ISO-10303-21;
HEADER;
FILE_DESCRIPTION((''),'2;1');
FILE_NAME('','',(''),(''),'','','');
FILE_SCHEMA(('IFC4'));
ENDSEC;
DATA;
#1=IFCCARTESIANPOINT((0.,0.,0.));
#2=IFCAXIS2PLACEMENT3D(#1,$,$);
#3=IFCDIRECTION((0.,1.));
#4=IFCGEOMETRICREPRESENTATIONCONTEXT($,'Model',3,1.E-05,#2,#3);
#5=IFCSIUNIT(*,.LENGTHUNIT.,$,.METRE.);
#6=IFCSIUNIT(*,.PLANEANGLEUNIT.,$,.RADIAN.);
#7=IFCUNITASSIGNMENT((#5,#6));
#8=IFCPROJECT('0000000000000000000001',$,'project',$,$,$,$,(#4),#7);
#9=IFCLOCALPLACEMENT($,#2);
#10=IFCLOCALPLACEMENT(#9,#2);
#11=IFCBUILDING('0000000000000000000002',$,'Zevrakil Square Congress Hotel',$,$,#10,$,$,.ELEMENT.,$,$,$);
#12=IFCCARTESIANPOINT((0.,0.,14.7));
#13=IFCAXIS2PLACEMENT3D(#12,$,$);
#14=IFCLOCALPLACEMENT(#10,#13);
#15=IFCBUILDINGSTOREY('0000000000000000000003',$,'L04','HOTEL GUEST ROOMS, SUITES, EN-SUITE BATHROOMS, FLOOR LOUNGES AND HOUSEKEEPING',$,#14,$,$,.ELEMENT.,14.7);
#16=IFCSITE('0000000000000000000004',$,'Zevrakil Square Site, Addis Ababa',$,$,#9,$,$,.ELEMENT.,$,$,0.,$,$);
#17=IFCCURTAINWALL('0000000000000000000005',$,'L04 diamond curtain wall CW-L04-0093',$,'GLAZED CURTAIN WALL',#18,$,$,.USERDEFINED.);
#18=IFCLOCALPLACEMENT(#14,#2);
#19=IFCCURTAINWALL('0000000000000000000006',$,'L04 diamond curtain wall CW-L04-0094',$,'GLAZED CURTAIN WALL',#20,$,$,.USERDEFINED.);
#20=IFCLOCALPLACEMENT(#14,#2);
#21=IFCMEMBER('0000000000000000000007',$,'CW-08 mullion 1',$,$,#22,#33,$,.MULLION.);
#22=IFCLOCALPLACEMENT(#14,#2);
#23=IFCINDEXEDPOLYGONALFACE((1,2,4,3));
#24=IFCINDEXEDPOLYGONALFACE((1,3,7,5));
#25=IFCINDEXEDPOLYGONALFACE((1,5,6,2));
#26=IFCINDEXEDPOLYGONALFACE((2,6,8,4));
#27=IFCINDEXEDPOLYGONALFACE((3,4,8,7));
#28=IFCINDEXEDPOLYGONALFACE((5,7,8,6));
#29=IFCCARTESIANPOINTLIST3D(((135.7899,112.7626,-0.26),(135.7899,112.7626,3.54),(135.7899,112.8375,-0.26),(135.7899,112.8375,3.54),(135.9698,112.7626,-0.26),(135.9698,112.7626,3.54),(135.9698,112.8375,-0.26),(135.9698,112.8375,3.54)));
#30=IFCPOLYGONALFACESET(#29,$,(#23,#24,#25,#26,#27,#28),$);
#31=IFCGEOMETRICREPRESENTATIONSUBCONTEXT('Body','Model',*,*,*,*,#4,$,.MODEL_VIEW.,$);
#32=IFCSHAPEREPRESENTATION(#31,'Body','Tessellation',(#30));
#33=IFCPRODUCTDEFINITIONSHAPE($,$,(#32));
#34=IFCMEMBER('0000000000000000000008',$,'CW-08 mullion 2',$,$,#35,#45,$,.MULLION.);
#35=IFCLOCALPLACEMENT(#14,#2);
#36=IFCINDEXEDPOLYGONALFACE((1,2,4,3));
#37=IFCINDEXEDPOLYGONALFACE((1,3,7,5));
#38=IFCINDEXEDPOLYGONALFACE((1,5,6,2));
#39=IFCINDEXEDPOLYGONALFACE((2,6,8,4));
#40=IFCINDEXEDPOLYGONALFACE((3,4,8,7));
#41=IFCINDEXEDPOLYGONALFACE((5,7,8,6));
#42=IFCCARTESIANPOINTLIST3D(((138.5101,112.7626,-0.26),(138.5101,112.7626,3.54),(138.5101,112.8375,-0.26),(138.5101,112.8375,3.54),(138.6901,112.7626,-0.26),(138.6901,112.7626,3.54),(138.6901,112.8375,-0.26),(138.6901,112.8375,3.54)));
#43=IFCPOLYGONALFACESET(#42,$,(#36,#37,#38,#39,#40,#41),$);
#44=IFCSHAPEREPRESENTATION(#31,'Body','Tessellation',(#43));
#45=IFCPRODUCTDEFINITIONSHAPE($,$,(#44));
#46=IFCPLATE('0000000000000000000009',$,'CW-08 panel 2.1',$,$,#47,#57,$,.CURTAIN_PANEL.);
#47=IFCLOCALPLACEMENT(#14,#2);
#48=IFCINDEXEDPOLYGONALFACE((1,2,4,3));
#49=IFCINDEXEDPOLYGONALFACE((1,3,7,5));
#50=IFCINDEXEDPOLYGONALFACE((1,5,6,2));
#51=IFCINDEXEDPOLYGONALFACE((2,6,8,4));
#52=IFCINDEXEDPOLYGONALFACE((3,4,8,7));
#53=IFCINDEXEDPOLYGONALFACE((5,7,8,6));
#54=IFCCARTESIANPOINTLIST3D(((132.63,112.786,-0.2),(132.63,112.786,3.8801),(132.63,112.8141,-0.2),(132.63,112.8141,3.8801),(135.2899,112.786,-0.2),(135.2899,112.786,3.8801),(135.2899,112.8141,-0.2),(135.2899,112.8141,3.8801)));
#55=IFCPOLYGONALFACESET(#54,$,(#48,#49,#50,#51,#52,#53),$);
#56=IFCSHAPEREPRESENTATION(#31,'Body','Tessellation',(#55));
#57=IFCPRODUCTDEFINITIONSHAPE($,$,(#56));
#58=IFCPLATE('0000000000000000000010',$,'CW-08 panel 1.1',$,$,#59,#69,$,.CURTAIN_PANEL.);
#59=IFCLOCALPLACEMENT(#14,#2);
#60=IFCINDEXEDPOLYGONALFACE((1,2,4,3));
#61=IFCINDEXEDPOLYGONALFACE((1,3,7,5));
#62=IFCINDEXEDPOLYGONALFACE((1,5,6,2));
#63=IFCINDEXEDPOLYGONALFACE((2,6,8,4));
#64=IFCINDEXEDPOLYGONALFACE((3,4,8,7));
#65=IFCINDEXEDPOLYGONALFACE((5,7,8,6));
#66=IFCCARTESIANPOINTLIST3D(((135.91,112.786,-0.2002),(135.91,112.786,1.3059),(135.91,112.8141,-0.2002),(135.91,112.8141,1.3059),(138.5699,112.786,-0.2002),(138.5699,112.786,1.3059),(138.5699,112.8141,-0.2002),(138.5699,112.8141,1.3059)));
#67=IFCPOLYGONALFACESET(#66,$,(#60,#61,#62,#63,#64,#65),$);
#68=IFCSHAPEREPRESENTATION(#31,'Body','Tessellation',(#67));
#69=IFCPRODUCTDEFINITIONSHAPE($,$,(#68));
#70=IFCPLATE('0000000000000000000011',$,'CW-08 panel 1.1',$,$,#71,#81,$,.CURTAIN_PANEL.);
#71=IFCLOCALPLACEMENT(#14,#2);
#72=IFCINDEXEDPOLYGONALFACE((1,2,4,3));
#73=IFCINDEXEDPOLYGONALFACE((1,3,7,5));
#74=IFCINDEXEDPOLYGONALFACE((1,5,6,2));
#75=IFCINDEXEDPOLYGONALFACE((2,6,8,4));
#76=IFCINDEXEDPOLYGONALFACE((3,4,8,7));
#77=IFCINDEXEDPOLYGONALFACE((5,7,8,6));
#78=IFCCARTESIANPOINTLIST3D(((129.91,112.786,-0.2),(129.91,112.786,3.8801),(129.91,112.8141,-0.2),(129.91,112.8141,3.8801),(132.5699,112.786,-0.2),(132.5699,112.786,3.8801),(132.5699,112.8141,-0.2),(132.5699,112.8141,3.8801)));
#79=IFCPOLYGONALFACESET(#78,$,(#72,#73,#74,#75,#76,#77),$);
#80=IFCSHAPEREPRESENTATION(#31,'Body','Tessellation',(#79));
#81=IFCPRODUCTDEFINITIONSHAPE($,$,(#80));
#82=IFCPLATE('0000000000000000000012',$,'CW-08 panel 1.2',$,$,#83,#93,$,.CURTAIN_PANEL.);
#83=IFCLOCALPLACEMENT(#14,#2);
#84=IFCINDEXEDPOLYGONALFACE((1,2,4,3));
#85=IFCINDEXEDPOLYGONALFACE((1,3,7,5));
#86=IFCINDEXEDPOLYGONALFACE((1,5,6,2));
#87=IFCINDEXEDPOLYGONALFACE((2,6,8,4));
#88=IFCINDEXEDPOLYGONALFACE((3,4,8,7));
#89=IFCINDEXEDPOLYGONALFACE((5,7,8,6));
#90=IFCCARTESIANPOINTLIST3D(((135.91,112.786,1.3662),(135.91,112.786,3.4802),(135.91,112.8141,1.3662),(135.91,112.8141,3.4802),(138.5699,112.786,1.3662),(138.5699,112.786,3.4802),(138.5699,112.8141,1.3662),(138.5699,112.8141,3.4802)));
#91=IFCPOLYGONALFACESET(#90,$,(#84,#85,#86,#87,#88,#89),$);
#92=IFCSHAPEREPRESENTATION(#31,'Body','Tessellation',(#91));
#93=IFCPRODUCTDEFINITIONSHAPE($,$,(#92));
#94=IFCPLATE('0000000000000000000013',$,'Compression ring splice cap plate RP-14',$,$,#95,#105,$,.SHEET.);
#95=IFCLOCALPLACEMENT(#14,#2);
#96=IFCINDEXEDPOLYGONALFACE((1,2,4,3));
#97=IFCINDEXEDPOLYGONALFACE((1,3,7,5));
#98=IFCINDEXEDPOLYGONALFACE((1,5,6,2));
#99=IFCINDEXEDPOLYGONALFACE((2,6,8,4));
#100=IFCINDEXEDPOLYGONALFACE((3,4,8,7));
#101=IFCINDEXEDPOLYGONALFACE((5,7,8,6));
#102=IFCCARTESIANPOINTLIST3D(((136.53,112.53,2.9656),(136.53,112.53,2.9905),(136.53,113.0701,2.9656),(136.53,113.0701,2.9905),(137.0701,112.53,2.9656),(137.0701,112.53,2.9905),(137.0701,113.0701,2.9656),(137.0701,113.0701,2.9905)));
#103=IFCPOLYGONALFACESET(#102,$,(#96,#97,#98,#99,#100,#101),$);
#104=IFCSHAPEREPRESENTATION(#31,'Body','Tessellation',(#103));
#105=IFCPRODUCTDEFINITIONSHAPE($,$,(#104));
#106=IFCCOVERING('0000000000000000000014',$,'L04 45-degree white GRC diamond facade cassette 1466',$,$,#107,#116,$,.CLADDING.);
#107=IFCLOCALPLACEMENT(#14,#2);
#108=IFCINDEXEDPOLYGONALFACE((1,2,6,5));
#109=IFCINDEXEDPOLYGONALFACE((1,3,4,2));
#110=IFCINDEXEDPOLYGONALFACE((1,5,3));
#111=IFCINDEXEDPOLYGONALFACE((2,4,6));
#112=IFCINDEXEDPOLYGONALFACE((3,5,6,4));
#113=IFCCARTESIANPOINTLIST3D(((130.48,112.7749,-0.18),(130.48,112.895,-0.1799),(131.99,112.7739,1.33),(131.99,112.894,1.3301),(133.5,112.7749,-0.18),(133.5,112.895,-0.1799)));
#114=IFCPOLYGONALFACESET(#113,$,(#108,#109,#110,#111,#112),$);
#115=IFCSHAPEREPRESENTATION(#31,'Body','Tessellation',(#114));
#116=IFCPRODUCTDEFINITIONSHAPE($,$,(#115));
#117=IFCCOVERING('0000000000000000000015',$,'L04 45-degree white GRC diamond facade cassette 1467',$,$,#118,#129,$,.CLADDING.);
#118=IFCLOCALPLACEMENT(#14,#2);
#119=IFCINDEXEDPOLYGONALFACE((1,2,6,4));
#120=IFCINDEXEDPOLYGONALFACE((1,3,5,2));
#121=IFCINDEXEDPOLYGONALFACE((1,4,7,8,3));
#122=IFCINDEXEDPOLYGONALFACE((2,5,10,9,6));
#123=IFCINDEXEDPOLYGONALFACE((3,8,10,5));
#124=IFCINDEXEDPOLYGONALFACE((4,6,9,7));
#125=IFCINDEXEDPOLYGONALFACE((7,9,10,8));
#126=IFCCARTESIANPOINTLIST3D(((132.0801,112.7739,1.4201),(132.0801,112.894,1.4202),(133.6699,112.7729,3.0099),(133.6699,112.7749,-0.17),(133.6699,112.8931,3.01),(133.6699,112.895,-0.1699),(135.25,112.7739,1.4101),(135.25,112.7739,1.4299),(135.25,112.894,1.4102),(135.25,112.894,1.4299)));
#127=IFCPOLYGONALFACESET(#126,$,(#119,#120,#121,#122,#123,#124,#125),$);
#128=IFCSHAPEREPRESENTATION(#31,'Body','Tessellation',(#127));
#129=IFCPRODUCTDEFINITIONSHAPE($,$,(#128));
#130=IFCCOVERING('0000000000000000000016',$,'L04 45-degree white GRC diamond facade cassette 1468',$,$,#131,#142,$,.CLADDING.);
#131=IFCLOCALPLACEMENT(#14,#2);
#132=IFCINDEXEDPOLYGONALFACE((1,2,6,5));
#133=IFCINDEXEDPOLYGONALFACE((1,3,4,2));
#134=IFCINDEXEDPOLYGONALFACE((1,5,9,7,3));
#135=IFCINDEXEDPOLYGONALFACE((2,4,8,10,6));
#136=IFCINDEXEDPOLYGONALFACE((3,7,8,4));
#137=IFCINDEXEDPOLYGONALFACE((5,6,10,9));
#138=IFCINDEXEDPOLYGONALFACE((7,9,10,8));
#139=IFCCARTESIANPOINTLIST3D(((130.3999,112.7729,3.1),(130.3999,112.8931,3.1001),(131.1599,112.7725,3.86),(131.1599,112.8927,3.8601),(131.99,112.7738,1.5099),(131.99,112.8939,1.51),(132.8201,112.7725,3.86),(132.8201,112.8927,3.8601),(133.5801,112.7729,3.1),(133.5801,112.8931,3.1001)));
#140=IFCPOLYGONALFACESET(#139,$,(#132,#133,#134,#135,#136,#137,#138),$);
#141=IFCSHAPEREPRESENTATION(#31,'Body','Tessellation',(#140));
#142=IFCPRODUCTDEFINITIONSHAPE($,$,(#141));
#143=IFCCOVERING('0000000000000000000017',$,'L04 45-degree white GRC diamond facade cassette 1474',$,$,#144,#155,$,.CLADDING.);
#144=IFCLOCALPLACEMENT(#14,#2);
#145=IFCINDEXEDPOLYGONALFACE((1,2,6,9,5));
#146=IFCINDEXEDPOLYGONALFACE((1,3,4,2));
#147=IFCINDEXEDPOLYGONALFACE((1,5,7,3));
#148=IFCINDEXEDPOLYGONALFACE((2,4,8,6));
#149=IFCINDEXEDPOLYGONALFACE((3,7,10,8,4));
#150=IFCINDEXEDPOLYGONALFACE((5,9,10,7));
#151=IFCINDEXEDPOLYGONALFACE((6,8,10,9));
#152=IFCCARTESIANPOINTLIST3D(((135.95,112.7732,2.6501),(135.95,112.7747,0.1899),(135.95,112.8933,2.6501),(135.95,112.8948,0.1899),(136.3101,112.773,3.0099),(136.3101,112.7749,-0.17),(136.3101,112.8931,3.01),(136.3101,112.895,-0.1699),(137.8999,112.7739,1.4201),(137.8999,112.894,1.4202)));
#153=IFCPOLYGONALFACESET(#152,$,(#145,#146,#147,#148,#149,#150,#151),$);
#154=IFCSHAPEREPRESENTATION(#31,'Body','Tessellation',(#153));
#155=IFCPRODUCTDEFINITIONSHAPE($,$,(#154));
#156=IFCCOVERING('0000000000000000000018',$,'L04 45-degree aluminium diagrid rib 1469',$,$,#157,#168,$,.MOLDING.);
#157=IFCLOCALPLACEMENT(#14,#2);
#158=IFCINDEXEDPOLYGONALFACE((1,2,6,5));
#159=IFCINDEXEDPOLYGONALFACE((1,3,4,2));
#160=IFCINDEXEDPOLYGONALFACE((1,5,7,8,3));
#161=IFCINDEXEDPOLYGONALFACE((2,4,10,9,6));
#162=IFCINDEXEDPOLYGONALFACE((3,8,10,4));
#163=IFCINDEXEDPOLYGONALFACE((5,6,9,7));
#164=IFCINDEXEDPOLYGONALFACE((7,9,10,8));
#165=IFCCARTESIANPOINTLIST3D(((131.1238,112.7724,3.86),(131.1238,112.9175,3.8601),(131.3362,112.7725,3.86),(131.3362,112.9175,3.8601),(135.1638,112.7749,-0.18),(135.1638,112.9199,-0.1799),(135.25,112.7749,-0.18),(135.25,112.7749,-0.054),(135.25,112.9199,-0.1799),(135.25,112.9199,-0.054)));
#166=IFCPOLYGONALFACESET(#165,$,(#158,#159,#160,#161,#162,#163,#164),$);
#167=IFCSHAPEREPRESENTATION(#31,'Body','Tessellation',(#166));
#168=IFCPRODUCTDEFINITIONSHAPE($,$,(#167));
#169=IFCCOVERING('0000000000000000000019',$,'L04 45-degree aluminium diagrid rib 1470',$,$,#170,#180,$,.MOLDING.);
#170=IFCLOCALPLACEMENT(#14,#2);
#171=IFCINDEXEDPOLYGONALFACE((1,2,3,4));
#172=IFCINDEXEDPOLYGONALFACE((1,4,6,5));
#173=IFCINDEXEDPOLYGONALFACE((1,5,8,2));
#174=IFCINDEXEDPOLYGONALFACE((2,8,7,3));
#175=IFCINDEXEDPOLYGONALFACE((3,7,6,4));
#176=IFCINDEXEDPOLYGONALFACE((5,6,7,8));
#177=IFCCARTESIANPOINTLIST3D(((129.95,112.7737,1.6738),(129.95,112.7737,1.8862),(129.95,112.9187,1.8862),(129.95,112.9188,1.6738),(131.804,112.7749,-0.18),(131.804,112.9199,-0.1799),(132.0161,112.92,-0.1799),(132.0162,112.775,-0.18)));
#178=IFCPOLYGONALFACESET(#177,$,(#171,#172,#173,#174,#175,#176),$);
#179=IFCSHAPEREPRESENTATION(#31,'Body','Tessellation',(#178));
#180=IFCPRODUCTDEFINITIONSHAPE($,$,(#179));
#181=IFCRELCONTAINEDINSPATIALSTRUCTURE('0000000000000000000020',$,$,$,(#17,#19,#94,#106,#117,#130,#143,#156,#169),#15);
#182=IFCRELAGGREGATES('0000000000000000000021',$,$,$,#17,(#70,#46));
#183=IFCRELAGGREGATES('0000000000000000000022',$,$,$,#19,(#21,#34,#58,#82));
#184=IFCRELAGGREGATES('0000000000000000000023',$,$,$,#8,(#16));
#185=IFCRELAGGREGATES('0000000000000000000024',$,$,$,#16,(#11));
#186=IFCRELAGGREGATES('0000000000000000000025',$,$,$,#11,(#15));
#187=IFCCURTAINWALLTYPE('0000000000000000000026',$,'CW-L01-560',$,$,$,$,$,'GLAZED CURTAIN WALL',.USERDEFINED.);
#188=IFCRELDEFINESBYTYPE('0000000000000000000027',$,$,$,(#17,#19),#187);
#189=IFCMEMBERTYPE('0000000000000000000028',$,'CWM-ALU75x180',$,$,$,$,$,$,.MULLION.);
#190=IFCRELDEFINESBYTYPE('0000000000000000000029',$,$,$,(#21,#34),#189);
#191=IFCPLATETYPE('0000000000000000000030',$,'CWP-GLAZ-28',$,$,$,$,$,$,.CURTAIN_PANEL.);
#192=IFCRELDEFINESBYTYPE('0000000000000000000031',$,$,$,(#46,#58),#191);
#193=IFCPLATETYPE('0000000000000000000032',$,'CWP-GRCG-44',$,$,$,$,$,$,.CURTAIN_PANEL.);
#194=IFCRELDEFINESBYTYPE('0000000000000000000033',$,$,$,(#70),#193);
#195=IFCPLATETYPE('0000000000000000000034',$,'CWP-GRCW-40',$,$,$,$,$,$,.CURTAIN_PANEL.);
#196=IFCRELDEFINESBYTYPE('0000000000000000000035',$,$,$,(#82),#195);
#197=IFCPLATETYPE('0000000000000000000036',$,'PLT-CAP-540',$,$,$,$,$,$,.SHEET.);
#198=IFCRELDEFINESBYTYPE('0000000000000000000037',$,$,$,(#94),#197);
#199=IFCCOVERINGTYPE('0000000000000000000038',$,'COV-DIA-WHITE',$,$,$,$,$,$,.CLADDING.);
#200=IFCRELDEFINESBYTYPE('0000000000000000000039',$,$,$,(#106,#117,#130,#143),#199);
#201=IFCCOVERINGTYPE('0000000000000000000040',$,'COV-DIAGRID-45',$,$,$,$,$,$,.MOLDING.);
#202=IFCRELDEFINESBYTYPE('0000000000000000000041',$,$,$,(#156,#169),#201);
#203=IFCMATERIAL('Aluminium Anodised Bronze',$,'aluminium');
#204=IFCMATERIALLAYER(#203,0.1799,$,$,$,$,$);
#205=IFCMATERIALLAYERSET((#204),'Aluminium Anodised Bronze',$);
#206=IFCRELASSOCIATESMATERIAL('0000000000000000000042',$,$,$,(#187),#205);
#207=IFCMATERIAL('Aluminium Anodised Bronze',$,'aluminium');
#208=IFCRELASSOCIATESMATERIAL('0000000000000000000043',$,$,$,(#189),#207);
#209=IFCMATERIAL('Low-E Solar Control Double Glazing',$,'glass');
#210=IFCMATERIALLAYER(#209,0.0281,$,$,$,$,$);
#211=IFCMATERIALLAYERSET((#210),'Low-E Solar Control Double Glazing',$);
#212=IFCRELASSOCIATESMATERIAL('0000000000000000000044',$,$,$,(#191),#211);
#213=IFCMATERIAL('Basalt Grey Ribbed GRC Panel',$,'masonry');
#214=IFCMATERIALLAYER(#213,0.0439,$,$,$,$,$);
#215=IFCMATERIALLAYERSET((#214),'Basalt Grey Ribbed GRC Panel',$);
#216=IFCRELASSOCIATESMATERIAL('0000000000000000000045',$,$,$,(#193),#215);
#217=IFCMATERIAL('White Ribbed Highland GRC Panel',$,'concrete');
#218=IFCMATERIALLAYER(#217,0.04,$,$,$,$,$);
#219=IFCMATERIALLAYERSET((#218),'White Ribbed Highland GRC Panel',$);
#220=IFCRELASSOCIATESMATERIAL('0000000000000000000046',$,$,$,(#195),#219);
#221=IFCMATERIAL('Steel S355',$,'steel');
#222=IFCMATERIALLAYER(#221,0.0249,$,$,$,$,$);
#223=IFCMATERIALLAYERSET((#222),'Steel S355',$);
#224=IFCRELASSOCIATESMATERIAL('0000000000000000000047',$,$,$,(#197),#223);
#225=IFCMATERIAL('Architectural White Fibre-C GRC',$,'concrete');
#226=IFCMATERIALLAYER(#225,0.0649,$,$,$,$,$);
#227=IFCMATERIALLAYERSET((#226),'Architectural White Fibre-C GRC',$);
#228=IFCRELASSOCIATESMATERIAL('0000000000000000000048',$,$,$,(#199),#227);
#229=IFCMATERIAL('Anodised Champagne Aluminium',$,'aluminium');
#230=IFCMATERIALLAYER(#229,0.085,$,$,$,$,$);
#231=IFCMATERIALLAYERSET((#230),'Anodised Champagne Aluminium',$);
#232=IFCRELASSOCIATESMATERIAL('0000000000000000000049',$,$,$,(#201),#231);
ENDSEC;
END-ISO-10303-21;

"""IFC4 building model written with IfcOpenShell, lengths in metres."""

from ifc_helpers import new_model, si_unit, direction, frame, origin, origin_2d, place, context, subcontext, project, spatial, polyline, rectangle, outline, extrude, material, layer, layer_set, material_profile, profile_set, type_object, element, aggregate, save


model = new_model("IFC4")

# Units and contexts
model_context = context("Model", 3, precision=1e-05, world=origin(), true_north=direction((0.0, 1.0)))
body_context = subcontext(model_context, "Body", "Model", "MODEL_VIEW")
ifc_project = project(units=[si_unit("LENGTHUNIT", "METRE"), si_unit("PLANEANGLEUNIT", "RADIAN")], contexts=[model_context])

# Site, building, storey
site_placement = place(None, origin())
site = spatial("IfcSite", under=ifc_project, at=site_placement, Name="Zevrakil Square Site, Addis Ababa", CompositionType="ELEMENT", RefElevation=0.0)
building_placement = place(site_placement, origin())
building = spatial("IfcBuilding", under=site, at=building_placement, Name="Zevrakil Square Congress Hotel", CompositionType="ELEMENT")
storey_placement = place(building_placement, frame((0.0, 0.0, 14.7)))
storey = spatial("IfcBuildingStorey", under=building, at=storey_placement, Name="L04", Description="HOTEL GUEST ROOMS, SUITES, EN-SUITE BATHROOMS, FLOOR LOUNGES AND HOUSEKEEPING", CompositionType="ELEMENT", Elevation=14.7)

# Curtain walls
ifc_material_1 = material(Name="Aluminium Anodised Bronze", Category="aluminium")
ifc_layer_1 = layer(ifc_material_1, 0.1799)
ifc_layer_set_1 = layer_set([ifc_layer_1], Name="Aluminium Anodised Bronze")
curtain_wall_type = type_object("IfcCurtainWallType", Name="CW-L01-560", ElementType="GLAZED CURTAIN WALL", PredefinedType="USERDEFINED", material=ifc_layer_set_1)
curtain_wall_1_placement = place(storey_placement, origin())
curtain_wall_1 = element("IfcCurtainWall", 1, at=curtain_wall_1_placement, inside=storey, type_object=curtain_wall_type, Name="L04 diamond curtain wall CW-L04-0093", ObjectType="GLAZED CURTAIN WALL", PredefinedType="USERDEFINED")
curtain_wall_2_placement = place(storey_placement, origin())
curtain_wall_2 = element("IfcCurtainWall", 2, at=curtain_wall_2_placement, inside=storey, type_object=curtain_wall_type, Name="L04 diamond curtain wall CW-L04-0094", ObjectType="GLAZED CURTAIN WALL", PredefinedType="USERDEFINED")

# Members
ifc_material_2 = material(Name="Aluminium Anodised Bronze", Category="aluminium")
ifc_material_profile_1 = material_profile(ifc_material_2, rectangle(XDim=0.075, YDim=0.1799, at=origin_2d()), Name="ALU 75x180")
ifc_profile_set_1 = profile_set([ifc_material_profile_1], Name="Aluminium Anodised Bronze")
member_type_1 = type_object("IfcMemberType", Name="CWM-ALU75x180", PredefinedType="MULLION", material=ifc_profile_set_1)
member_1_placement = place(storey_placement, frame((135.8799, 112.8, -0.26), z_axis=(0.0, 0.0, 1.0), x_axis=(0.0, 1.0, 0.0)))
member_1 = element("IfcMember", 3, at=member_1_placement, type_object=member_type_1, Name="CW-08 mullion 1", PredefinedType="MULLION", context=body_context, shape_type="SweptSolid", body=[
    extrude(rectangle(XDim=0.075, YDim=0.1799, at=origin_2d()), origin(), (0.0, 0.0, 1.0), 3.8),
])
member_2_placement = place(storey_placement, frame((138.6001, 112.8, -0.26), z_axis=(0.0, 0.0, 1.0), x_axis=(0.0, 1.0, 0.0)))
member_2 = element("IfcMember", 4, at=member_2_placement, type_object=member_type_1, Name="CW-08 mullion 2", PredefinedType="MULLION", context=body_context, shape_type="SweptSolid", body=[
    extrude(rectangle(XDim=0.075, YDim=0.1799, at=origin_2d()), origin(), (0.0, 0.0, 1.0), 3.8),
])

# Plates
ifc_material_3 = material(Name="Low-E Solar Control Double Glazing", Category="glass")
ifc_layer_2 = layer(ifc_material_3, 0.0281)
ifc_layer_set_2 = layer_set([ifc_layer_2], Name="Low-E Solar Control Double Glazing")
plate_type_1 = type_object("IfcPlateType", Name="CWP-GLAZ-28", PredefinedType="CURTAIN_PANEL", material=ifc_layer_set_2)
plate_1_placement = place(storey_placement, frame((133.96, 112.8, -0.2), z_axis=(0.0, 0.0, 1.0), x_axis=(1.0, 0.0, 0.0)))
plate_1 = element("IfcPlate", 5, at=plate_1_placement, type_object=plate_type_1, Name="CW-08 panel 2.1", PredefinedType="CURTAIN_PANEL", context=body_context, shape_type="SweptSolid", body=[
    extrude(rectangle(XDim=2.6599, YDim=0.0281, at=origin_2d()), origin(), (0.0, 0.0, 1.0), 4.0801),
])
plate_2_placement = place(storey_placement, frame((137.24, 112.8, -0.2002), z_axis=(0.0, 0.0, 1.0), x_axis=(1.0, 0.0, 0.0)))
plate_2 = element("IfcPlate", 6, at=plate_2_placement, type_object=plate_type_1, Name="CW-08 panel 1.1", PredefinedType="CURTAIN_PANEL", context=body_context, shape_type="SweptSolid", body=[
    extrude(rectangle(XDim=2.6599, YDim=0.0281, at=origin_2d()), origin(), (0.0, 0.0, 1.0), 1.5061),
])
ifc_material_4 = material(Name="Basalt Grey Ribbed GRC Panel", Category="masonry")
ifc_layer_3 = layer(ifc_material_4, 0.0439)
ifc_layer_set_3 = layer_set([ifc_layer_3], Name="Basalt Grey Ribbed GRC Panel")
plate_type_2 = type_object("IfcPlateType", Name="CWP-GRCG-44", PredefinedType="CURTAIN_PANEL", material=ifc_layer_set_3)
plate_3_placement = place(storey_placement, frame((131.24, 112.8, -0.2), z_axis=(0.0, 0.0, 1.0), x_axis=(1.0, 0.0, 0.0)))
plate_3 = element("IfcPlate", 7, at=plate_3_placement, type_object=plate_type_2, Name="CW-08 panel 1.1", PredefinedType="CURTAIN_PANEL", context=body_context, shape_type="SweptSolid", body=[
    extrude(rectangle(XDim=2.6599, YDim=0.0281, at=origin_2d()), origin(), (0.0, 0.0, 1.0), 4.0801),
])
aggregate(curtain_wall_1, [plate_3, plate_1])
ifc_material_5 = material(Name="White Ribbed Highland GRC Panel", Category="concrete")
ifc_layer_4 = layer(ifc_material_5, 0.04)
ifc_layer_set_4 = layer_set([ifc_layer_4], Name="White Ribbed Highland GRC Panel")
plate_type_3 = type_object("IfcPlateType", Name="CWP-GRCW-40", PredefinedType="CURTAIN_PANEL", material=ifc_layer_set_4)
plate_4_placement = place(storey_placement, frame((137.24, 112.8, 1.3662), z_axis=(0.0, 0.0, 1.0), x_axis=(1.0, 0.0, 0.0)))
plate_4 = element("IfcPlate", 8, at=plate_4_placement, type_object=plate_type_3, Name="CW-08 panel 1.2", PredefinedType="CURTAIN_PANEL", context=body_context, shape_type="SweptSolid", body=[
    extrude(rectangle(XDim=2.6599, YDim=0.0281, at=origin_2d()), origin(), (0.0, 0.0, 1.0), 2.114),
])
aggregate(curtain_wall_2, [member_1, member_2, plate_2, plate_4])
ifc_material_6 = material(Name="Steel S355", Category="steel")
ifc_layer_5 = layer(ifc_material_6, 0.0249)
ifc_layer_set_5 = layer_set([ifc_layer_5], Name="Steel S355")
plate_type_4 = type_object("IfcPlateType", Name="PLT-CAP-540", PredefinedType="SHEET", material=ifc_layer_set_5)
plate_5_placement = place(storey_placement, frame((136.8, 112.8, 2.9656), z_axis=(0.0, 0.0, 1.0), x_axis=(1.0, 0.0, 0.0)))
element("IfcPlate", 9, at=plate_5_placement, inside=storey, type_object=plate_type_4, Name="Compression ring splice cap plate RP-14", PredefinedType="SHEET", context=body_context, shape_type="SweptSolid", body=[
    extrude(rectangle(XDim=0.54, YDim=0.54, at=origin_2d()), origin(), (0.0, 0.0, 1.0), 0.0249),
])

# Coverings
ifc_material_7 = material(Name="Architectural White Fibre-C GRC", Category="concrete")
ifc_layer_6 = layer(ifc_material_7, 0.0649)
ifc_layer_set_6 = layer_set([ifc_layer_6], Name="Architectural White Fibre-C GRC")
covering_type_1 = type_object("IfcCoveringType", Name="COV-DIA-WHITE", PredefinedType="CLADDING", material=ifc_layer_set_6)
covering_1_placement = place(storey_placement, frame((131.99, 112.894, 1.3301), z_axis=(0.0, 1.0, 0.000647), x_axis=(-0.707107, 0.000457, -0.707107)))
element("IfcCovering", 10, at=covering_1_placement, inside=storey, type_object=covering_type_1, Name="L04 45-degree white GRC diamond facade cassette 1466", PredefinedType="CLADDING", context=body_context, shape_type="SweptSolid", body=[
    extrude(outline(polyline([(0.0, 0.0), (2.1355, 0.0), (0.0, -2.1355), (0.0, 0.0)])), origin(), (0.0, 0.0, -1.0), 0.1201),
])
covering_2_placement = place(storey_placement, frame((133.6699, 112.8931, 3.01), z_axis=(0.0, 1.0, 0.000612), x_axis=(-0.707107, 0.000433, -0.707107)))
element("IfcCovering", 11, at=covering_2_placement, inside=storey, type_object=covering_type_1, Name="L04 45-degree white GRC diamond facade cassette 1467", PredefinedType="CLADDING", context=body_context, shape_type="SweptSolid", body=[
    extrude(outline(polyline([(0.0, 0.0), (2.2484, 0.0), (2.2486, -2.2486), (0.014, -2.2486), (0.0, -2.2346), (0.0, 0.0)])), origin(), (0.0, 0.0, -1.0), 0.1201),
])
covering_3_placement = place(storey_placement, frame((130.3999, 112.8931, 3.1001), z_axis=(0.0, 1.0, 0.000537), x_axis=(0.707107, 0.00038, -0.707107)))
element("IfcCovering", 12, at=covering_3_placement, inside=storey, type_object=covering_type_1, Name="L04 45-degree white GRC diamond facade cassette 1468", PredefinedType="CLADDING", context=body_context, shape_type="SweptSolid", body=[
    extrude(outline(polyline([(0.0, 0.0), (2.2487, 0.0), (2.2487, -2.2487), (1.1739, -2.2487), (0.0, -1.0748), (0.0, 0.0)])), origin(), (0.0, 0.0, -1.0), 0.1201),
])
covering_4_placement = place(storey_placement, frame((136.3101, 112.895, -0.1699), z_axis=(0.0, 1.0, 0.000612), x_axis=(0.707052, -0.000433, 0.707161)))
element("IfcCovering", 13, at=covering_4_placement, inside=storey, type_object=covering_type_1, Name="L04 45-degree white GRC diamond facade cassette 1474", PredefinedType="CLADDING", context=body_context, shape_type="SweptSolid", body=[
    extrude(outline(polyline([(0.0, 0.0), (2.2486, 0.0), (2.2487, -2.2484), (1.7396, -2.2486), (-0.0001, -0.5091), (0.0, 0.0)])), origin(), (0.0, 0.0, -1.0), 0.1201),
])
ifc_material_8 = material(Name="Anodised Champagne Aluminium", Category="aluminium")
ifc_layer_7 = layer(ifc_material_8, 0.085)
ifc_layer_set_7 = layer_set([ifc_layer_7], Name="Anodised Champagne Aluminium")
covering_type_2 = type_object("IfcCoveringType", Name="COV-DIAGRID-45", PredefinedType="MOLDING", material=ifc_layer_set_7)
covering_5_placement = place(storey_placement, frame((135.1638, 112.9199, -0.1799), z_axis=(-0.000181, 1.0, 0.000429), x_axis=(1.0, 0.000181, 0.0)))
element("IfcCovering", 14, at=covering_5_placement, inside=storey, type_object=covering_type_2, Name="L04 45-degree aluminium diagrid rib 1469", PredefinedType="MOLDING", context=body_context, shape_type="SweptSolid", body=[
    extrude(outline(polyline([(0.0, 0.0), (0.0862, 0.0), (0.0862, -0.126), (-3.8276, -4.04), (-4.04, -4.04), (0.0, 0.0)])), origin(), (0.0, 0.0, -1.0), 0.145),
])
covering_6_placement = place(storey_placement, frame((131.804, 112.9199, -0.1799), z_axis=(-0.000312, 1.0, 0.000311), x_axis=(1.0, 0.000312, 0.0)))
element("IfcCovering", 15, at=covering_6_placement, inside=storey, type_object=covering_type_2, Name="L04 45-degree aluminium diagrid rib 1470", PredefinedType="MOLDING", context=body_context, shape_type="SweptSolid", body=[
    extrude(outline(polyline([(0.0, 0.0), (0.2122, 0.0), (-1.854, -2.0662), (-1.854, -1.8538), (0.0, 0.0)])), origin(), (0.0, 0.0, -1.0), 0.145),
])

save(model, "model.ifc")
